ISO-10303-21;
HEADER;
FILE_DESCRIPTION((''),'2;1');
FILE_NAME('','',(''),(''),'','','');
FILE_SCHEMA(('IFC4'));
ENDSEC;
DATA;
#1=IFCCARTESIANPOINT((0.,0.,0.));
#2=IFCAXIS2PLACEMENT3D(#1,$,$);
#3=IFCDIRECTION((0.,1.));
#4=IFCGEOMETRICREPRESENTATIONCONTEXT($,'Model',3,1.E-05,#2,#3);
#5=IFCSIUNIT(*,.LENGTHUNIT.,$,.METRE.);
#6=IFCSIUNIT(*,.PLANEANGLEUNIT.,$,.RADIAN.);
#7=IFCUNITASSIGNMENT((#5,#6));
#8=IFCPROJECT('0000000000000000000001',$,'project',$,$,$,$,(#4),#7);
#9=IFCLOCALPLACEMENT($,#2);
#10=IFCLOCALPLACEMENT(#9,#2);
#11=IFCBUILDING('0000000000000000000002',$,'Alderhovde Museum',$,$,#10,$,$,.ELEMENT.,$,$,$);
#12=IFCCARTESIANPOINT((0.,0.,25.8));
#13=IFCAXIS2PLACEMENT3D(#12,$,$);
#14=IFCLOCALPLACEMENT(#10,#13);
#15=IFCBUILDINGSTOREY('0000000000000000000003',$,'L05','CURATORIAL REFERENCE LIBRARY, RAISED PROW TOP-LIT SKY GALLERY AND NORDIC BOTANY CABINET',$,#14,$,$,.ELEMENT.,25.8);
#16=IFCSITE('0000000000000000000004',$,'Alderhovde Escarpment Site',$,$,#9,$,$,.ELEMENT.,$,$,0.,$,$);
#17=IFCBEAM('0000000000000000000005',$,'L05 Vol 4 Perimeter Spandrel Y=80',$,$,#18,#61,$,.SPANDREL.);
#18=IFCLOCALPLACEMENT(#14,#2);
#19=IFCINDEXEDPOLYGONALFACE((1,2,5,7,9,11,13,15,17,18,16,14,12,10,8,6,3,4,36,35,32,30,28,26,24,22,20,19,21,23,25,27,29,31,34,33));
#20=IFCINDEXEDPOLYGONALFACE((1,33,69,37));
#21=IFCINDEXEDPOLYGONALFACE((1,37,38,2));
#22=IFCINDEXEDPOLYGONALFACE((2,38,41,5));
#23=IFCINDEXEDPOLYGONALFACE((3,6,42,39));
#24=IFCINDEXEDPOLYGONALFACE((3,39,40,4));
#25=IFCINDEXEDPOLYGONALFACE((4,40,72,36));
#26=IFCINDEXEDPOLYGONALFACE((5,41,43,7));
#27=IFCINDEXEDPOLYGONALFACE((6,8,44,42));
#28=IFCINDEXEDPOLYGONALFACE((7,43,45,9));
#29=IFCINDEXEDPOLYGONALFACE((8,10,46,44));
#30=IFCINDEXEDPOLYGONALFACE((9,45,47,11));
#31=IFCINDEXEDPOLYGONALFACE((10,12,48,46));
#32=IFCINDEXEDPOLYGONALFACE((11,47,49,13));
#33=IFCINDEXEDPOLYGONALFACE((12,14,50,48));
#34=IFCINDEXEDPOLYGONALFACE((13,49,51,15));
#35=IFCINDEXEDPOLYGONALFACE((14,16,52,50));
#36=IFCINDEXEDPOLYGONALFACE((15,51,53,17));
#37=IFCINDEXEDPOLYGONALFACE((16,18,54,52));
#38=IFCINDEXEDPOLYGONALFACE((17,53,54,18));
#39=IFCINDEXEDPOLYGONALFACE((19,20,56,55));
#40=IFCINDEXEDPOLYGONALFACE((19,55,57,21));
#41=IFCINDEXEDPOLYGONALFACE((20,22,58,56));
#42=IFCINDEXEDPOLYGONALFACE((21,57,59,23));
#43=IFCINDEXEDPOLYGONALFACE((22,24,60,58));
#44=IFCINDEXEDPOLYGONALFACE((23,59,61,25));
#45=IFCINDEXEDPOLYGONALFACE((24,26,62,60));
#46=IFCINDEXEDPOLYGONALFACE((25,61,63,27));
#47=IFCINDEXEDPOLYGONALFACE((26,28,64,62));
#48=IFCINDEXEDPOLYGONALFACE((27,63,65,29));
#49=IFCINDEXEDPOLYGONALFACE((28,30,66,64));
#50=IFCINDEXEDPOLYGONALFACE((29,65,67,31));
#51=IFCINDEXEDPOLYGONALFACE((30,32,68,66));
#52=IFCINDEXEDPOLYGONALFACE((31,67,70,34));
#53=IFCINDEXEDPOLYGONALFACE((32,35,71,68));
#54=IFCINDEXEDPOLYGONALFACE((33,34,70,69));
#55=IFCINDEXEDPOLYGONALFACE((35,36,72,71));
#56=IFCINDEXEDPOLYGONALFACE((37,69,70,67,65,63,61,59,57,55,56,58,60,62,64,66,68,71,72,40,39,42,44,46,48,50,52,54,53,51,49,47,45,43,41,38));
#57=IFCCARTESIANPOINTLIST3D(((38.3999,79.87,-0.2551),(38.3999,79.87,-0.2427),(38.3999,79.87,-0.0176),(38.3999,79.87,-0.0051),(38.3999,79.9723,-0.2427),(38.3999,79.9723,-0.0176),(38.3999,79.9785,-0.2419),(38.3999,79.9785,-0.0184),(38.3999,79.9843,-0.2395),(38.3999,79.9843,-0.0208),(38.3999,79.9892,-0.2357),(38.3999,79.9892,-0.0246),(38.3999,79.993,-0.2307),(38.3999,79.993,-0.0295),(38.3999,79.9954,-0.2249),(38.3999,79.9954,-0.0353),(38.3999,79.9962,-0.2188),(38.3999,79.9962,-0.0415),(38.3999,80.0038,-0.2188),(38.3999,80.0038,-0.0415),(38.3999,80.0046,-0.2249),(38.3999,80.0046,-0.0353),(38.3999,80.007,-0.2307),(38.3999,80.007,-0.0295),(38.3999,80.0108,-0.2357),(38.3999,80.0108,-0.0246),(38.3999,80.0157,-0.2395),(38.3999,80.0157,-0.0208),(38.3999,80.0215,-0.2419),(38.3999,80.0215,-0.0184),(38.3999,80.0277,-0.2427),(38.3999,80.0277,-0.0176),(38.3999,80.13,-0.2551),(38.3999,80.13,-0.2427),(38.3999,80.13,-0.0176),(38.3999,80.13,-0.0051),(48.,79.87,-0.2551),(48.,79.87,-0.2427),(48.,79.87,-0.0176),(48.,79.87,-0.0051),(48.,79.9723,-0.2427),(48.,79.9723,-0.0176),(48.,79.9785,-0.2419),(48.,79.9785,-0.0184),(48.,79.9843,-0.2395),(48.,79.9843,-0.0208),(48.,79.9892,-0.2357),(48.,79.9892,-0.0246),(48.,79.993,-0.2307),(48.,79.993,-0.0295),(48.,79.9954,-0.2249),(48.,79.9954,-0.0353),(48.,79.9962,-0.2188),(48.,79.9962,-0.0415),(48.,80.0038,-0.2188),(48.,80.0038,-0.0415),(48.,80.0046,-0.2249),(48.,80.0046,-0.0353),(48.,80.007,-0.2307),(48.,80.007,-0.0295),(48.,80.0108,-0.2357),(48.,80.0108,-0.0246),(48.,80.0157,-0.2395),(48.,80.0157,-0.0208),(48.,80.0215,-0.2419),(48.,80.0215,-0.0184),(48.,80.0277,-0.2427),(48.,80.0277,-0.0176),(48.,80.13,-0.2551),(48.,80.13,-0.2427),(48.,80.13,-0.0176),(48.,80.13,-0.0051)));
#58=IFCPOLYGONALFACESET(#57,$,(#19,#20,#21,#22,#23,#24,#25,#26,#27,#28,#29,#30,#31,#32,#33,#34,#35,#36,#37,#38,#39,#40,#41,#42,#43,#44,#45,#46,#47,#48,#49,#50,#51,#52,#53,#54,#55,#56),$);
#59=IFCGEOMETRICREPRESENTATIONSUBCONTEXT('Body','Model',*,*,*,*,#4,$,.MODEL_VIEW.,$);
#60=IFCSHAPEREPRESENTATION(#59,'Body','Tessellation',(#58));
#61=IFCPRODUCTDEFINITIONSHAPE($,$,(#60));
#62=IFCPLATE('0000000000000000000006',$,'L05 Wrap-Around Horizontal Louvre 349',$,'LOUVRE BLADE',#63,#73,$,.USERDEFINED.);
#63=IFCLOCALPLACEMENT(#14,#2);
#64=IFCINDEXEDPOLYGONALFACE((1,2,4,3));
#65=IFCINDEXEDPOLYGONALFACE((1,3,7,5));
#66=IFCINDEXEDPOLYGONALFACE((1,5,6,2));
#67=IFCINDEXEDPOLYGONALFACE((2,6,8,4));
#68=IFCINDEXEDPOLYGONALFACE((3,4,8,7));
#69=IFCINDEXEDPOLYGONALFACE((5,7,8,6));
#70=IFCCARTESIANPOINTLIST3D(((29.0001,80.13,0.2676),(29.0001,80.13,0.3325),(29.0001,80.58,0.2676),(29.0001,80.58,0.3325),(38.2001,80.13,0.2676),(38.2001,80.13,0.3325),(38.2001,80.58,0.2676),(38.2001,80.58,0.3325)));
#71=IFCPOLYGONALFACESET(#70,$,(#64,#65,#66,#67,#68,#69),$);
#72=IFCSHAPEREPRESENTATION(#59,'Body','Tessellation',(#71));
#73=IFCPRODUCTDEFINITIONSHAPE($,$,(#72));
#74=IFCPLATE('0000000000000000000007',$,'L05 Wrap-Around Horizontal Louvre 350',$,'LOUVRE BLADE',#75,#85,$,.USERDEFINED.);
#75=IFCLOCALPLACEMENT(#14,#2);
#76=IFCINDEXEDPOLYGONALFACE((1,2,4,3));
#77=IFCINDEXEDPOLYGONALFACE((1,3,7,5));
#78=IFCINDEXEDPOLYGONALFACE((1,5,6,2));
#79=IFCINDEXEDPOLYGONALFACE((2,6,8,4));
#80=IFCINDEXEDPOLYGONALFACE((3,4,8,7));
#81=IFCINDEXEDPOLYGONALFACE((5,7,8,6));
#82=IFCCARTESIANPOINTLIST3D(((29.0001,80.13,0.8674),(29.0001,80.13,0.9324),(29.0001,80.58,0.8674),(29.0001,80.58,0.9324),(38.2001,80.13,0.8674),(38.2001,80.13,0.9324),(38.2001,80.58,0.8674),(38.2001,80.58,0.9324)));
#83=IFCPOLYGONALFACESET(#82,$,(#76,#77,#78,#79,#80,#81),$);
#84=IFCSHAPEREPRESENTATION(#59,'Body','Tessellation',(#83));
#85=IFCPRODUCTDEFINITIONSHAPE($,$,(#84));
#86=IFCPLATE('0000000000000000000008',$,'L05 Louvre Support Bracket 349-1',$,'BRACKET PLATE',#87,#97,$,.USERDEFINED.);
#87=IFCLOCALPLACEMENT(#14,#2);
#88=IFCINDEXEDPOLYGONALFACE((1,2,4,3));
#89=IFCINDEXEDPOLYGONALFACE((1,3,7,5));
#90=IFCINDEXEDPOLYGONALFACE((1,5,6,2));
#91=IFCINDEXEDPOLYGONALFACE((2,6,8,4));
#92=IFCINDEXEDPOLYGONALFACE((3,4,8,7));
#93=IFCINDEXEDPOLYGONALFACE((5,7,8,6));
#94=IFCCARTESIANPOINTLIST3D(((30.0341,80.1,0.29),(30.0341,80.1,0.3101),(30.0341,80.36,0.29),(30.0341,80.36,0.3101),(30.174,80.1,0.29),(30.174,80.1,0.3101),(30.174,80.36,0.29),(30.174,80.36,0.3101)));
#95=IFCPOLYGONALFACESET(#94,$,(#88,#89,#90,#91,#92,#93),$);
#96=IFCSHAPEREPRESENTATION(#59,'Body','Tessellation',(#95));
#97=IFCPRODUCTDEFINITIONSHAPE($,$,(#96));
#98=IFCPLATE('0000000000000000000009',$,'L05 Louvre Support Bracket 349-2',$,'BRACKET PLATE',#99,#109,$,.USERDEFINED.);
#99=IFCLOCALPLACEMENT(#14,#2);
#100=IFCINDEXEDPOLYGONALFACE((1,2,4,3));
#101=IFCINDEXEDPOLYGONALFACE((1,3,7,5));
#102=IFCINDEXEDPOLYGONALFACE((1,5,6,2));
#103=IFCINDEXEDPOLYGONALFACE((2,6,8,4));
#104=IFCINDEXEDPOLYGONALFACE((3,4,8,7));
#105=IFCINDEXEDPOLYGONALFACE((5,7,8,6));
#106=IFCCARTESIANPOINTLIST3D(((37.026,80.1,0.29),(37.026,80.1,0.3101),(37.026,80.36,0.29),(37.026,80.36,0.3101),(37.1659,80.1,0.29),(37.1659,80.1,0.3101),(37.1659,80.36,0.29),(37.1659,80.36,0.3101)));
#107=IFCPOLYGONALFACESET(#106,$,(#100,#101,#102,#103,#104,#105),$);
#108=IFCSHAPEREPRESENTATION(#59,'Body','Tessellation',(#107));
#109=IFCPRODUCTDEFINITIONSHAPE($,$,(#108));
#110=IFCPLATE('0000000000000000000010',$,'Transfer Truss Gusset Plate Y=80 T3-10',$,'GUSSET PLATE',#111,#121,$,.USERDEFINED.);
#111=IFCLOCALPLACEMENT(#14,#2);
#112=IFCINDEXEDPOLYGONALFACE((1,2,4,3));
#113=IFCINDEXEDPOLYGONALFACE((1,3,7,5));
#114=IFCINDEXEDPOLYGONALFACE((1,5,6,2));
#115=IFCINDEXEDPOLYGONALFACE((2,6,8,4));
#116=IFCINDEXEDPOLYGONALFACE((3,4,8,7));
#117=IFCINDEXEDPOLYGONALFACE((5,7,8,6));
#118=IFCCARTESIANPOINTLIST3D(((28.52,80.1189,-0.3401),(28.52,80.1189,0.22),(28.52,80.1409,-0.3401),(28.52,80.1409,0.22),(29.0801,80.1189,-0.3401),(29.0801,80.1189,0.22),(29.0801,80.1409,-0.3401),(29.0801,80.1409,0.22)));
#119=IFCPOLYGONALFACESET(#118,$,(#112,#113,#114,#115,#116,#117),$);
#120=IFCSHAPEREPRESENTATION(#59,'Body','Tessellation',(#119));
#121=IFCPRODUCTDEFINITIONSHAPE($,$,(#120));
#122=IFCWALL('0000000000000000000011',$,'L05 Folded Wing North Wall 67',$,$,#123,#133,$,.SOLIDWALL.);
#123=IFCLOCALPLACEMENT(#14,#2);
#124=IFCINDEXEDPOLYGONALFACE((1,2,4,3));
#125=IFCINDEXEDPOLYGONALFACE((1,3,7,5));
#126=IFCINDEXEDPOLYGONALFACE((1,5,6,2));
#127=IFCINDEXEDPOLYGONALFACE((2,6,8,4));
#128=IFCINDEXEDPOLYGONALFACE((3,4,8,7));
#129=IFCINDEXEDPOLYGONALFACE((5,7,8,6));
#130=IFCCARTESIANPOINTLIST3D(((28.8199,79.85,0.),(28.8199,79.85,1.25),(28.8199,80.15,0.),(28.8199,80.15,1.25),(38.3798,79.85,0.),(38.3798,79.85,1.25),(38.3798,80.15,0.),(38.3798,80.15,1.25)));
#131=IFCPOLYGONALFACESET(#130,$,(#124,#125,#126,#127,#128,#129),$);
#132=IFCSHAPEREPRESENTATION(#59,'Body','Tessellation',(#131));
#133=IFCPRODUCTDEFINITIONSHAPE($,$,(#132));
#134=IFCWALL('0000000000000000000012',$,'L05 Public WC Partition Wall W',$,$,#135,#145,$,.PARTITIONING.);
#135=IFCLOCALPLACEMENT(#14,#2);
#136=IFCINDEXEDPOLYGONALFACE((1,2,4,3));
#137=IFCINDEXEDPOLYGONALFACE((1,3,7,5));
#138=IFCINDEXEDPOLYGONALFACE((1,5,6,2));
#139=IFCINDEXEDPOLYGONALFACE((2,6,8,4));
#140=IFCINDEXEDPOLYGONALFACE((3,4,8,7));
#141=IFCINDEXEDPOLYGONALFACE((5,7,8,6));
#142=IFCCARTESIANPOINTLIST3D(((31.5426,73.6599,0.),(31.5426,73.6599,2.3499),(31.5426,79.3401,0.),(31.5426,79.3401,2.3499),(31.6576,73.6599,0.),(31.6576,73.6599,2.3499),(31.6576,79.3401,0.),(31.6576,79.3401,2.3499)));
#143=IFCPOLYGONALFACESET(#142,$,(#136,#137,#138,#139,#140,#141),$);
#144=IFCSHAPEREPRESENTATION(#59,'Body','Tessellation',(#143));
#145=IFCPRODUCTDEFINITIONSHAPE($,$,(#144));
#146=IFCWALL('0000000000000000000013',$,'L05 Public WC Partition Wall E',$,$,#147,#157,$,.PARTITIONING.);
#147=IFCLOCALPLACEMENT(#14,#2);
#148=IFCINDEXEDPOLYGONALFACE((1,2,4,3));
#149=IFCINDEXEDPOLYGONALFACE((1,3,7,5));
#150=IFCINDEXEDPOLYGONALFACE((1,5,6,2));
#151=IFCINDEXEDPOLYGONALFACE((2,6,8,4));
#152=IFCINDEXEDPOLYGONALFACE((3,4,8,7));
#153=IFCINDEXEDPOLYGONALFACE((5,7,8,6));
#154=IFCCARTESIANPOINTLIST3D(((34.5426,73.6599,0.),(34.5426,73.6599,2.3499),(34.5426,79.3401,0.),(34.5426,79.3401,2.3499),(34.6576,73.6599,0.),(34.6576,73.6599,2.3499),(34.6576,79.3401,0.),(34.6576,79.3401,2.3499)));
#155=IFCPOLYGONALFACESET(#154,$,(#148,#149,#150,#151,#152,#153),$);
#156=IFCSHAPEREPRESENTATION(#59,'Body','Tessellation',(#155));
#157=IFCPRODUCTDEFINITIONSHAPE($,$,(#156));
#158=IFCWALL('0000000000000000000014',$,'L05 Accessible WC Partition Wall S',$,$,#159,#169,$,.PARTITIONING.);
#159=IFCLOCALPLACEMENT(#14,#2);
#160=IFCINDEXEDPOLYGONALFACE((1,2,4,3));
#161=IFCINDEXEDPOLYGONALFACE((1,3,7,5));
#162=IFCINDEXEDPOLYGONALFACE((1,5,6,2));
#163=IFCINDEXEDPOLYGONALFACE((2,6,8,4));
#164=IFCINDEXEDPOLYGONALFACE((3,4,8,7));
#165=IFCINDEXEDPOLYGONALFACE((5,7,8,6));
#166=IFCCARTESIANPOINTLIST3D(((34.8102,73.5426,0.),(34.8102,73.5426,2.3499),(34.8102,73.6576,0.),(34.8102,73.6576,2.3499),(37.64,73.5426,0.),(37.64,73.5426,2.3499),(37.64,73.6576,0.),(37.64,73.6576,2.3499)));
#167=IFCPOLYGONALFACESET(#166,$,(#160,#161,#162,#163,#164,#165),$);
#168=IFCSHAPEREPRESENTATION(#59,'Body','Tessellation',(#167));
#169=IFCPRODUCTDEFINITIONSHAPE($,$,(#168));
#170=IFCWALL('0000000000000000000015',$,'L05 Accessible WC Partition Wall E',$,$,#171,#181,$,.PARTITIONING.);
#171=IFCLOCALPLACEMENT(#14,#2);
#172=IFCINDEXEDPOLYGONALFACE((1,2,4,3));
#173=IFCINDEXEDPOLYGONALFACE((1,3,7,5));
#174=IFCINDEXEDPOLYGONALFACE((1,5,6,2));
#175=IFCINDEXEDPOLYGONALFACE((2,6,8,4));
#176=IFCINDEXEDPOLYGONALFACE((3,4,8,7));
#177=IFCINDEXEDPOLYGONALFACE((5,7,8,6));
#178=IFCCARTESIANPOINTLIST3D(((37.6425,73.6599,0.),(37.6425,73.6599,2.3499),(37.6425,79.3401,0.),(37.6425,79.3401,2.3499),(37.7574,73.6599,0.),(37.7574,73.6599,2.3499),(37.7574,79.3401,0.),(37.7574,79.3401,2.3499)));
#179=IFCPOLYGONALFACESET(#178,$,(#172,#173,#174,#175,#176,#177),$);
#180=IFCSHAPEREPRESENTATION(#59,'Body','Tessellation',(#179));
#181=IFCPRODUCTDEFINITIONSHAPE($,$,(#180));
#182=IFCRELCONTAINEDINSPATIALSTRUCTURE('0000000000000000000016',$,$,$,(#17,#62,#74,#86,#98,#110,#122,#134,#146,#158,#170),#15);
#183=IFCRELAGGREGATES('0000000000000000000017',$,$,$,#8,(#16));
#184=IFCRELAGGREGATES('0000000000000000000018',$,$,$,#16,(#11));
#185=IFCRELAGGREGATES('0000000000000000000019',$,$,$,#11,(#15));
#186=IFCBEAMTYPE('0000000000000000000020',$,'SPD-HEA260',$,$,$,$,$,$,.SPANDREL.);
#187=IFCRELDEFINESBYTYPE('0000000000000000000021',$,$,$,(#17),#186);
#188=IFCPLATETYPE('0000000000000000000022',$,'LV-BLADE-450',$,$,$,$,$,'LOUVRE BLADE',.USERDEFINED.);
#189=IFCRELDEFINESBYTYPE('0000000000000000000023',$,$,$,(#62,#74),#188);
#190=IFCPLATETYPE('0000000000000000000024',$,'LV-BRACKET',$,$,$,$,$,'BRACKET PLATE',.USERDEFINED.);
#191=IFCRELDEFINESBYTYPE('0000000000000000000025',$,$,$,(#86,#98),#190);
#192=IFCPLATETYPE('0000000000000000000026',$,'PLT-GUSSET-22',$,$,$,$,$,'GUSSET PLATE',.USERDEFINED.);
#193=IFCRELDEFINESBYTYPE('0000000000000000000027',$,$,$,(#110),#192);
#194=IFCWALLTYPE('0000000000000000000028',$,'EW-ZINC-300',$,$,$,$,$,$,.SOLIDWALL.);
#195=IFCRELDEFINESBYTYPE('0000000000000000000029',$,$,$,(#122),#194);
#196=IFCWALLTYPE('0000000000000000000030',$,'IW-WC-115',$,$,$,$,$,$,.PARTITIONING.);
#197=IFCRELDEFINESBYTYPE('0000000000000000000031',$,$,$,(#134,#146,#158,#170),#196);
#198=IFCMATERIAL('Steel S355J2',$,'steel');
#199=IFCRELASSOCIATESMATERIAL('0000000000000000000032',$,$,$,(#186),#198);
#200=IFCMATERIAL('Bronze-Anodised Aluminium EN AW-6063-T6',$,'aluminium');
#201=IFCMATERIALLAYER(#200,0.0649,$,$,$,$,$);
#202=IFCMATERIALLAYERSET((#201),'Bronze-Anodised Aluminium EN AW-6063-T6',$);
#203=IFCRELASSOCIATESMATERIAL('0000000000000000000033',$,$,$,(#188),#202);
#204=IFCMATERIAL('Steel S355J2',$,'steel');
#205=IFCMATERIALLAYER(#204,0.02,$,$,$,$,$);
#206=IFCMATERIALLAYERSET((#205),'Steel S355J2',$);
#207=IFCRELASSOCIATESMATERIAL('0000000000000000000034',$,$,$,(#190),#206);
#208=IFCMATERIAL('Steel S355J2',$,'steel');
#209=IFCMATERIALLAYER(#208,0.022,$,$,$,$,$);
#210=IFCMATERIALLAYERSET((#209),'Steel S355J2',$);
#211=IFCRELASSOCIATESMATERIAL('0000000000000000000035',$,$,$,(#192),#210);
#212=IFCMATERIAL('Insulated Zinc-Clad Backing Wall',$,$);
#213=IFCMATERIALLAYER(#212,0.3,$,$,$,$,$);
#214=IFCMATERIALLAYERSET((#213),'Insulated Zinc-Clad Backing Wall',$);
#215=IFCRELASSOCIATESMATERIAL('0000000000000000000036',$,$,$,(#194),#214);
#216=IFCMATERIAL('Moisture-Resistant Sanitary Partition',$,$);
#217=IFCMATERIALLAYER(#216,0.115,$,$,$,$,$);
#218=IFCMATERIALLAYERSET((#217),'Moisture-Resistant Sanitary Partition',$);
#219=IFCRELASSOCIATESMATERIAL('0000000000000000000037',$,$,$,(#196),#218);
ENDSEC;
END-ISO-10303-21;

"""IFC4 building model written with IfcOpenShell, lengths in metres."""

from ifc_helpers import new_model, si_unit, direction, frame, frame_2d, origin, origin_2d, place, context, subcontext, project, spatial, rectangle, i_section, extrude, material, layer, layer_set, material_profile, profile_set, type_object, element, save


model = new_model("IFC4")

# Units and contexts
model_context = context("Model", 3, precision=1e-05, world=origin(), true_north=direction((0.0, 1.0)))
body_context = subcontext(model_context, "Body", "Model", "MODEL_VIEW")
ifc_project = project(units=[si_unit("LENGTHUNIT", "METRE"), si_unit("PLANEANGLEUNIT", "RADIAN")], contexts=[model_context])

# Site, building, storey
site_placement = place(None, origin())
site = spatial("IfcSite", under=ifc_project, at=site_placement, Name="Alderhovde Escarpment Site", CompositionType="ELEMENT", RefElevation=0.0)
building_placement = place(site_placement, origin())
building = spatial("IfcBuilding", under=site, at=building_placement, Name="Alderhovde Museum", CompositionType="ELEMENT")
storey_placement = place(building_placement, frame((0.0, 0.0, 25.8)))
storey = spatial("IfcBuildingStorey", under=building, at=storey_placement, Name="L05", Description="CURATORIAL REFERENCE LIBRARY, RAISED PROW TOP-LIT SKY GALLERY AND NORDIC BOTANY CABINET", CompositionType="ELEMENT", Elevation=25.8)

# Beam
ifc_material_1 = material(Name="Steel S355J2", Category="steel")
ifc_material_profile_1 = material_profile(ifc_material_1, i_section(OverallWidth=0.26, OverallDepth=0.25, WebThickness=0.0076, FlangeThickness=0.0125, FilletRadius=0.0239, at=origin_2d()), Name="HEA 260")
ifc_profile_set_1 = profile_set([ifc_material_profile_1], Name="Steel S355J2")
beam_type_1 = type_object("IfcBeamType", Name="SPD-HEA260", PredefinedType="SPANDREL", material=ifc_profile_set_1)
beam_1_placement = place(storey_placement, frame((38.3999, 80.0, -0.1301), z_axis=(1.0, 0.0, 0.0), x_axis=(0.0, 1.0, 0.0)))
element("IfcBeam", 1, at=beam_1_placement, inside=storey, type_object=beam_type_1, Name="L05 Vol 4 Perimeter Spandrel Y=80", PredefinedType="SPANDREL", context=body_context, shape_type="SweptSolid", body=[
    extrude(i_section(OverallWidth=0.26, OverallDepth=0.25, WebThickness=0.0076, FlangeThickness=0.0125, FilletRadius=0.0239, at=origin_2d()), origin(), (0.0, 0.0, 1.0), 9.6001),
])

# Plates
ifc_material_2 = material(Name="Bronze-Anodised Aluminium EN AW-6063-T6", Category="aluminium")
ifc_layer_1 = layer(ifc_material_2, 0.0649)
ifc_layer_set_1 = layer_set([ifc_layer_1], Name="Bronze-Anodised Aluminium EN AW-6063-T6")
plate_type_1 = type_object("IfcPlateType", Name="LV-BLADE-450", ElementType="LOUVRE BLADE", PredefinedType="USERDEFINED", material=ifc_layer_set_1)
for number, where, z_axis, x_axis, name in (
    (2, (33.6001, 80.355, 0.2676), (0.0, 0.0, 1.0), (1.0, 0.0, 0.0), "L05 Wrap-Around Horizontal Louvre 349"),
    (3, (33.6001, 80.355, 0.8674), (0.0, 0.0, 1.0), (1.0, 0.0, 0.0), "L05 Wrap-Around Horizontal Louvre 350"),
):
    element("IfcPlate", number, at=place(storey_placement, frame(where, z_axis=z_axis, x_axis=x_axis)), inside=storey, type_object=plate_type_1, Name=name, ObjectType="LOUVRE BLADE", PredefinedType="USERDEFINED", context=body_context, shape_type="SweptSolid", body=[
        extrude(rectangle(XDim=9.2, YDim=0.45, at=origin_2d()), origin(), (0.0, 0.0, 1.0), 0.0649),
    ])
ifc_material_3 = material(Name="Steel S355J2", Category="steel")
ifc_layer_2 = layer(ifc_material_3, 0.02)
ifc_layer_set_2 = layer_set([ifc_layer_2], Name="Steel S355J2")
plate_type_2 = type_object("IfcPlateType", Name="LV-BRACKET", ElementType="BRACKET PLATE", PredefinedType="USERDEFINED", material=ifc_layer_set_2)
for number, where, z_axis, x_axis, name in (
    (4, (30.104, 80.23, 0.29), (0.0, 0.0, 1.0), (1.0, 0.0, 0.0), "L05 Louvre Support Bracket 349-1"),
    (5, (37.0959, 80.23, 0.29), (0.0, 0.0, 1.0), (1.0, 0.0, 0.0), "L05 Louvre Support Bracket 349-2"),
):
    element("IfcPlate", number, at=place(storey_placement, frame(where, z_axis=z_axis, x_axis=x_axis)), inside=storey, type_object=plate_type_2, Name=name, ObjectType="BRACKET PLATE", PredefinedType="USERDEFINED", context=body_context, shape_type="SweptSolid", body=[
        extrude(rectangle(XDim=0.1399, YDim=0.26, at=origin_2d()), origin(), (0.0, 0.0, 1.0), 0.02),
    ])
ifc_material_4 = material(Name="Steel S355J2", Category="steel")
ifc_layer_3 = layer(ifc_material_4, 0.022)
ifc_layer_set_3 = layer_set([ifc_layer_3], Name="Steel S355J2")
plate_type_3 = type_object("IfcPlateType", Name="PLT-GUSSET-22", ElementType="GUSSET PLATE", PredefinedType="USERDEFINED", material=ifc_layer_set_3)
plate_placement = place(storey_placement, frame((28.8, 80.1299, -0.3401), z_axis=(0.0, 0.0, 1.0), x_axis=(1.0, 0.0, 0.0)))
element("IfcPlate", 6, at=plate_placement, inside=storey, type_object=plate_type_3, Name="Transfer Truss Gusset Plate Y=80 T3-10", ObjectType="GUSSET PLATE", PredefinedType="USERDEFINED", context=body_context, shape_type="SweptSolid", body=[
    extrude(rectangle(XDim=0.5601, YDim=0.022, at=origin_2d()), origin(), (0.0, 0.0, 1.0), 0.5601),
])

# Wall
ifc_material_5 = material(Name="Insulated Zinc-Clad Backing Wall")
ifc_layer_4 = layer(ifc_material_5, 0.3)
ifc_layer_set_4 = layer_set([ifc_layer_4], Name="Insulated Zinc-Clad Backing Wall")
wall_type_1 = type_object("IfcWallType", Name="EW-ZINC-300", PredefinedType="SOLIDWALL", material=ifc_layer_set_4)
wall_1_placement = place(storey_placement, frame((28.8201, 80.0, 0.0), z_axis=(0.0, 0.0, 1.0), x_axis=(1.0, 0.0, 0.0)))
element("IfcWall", 7, at=wall_1_placement, inside=storey, type_object=wall_type_1, Name="L05 Folded Wing North Wall 67", PredefinedType="SOLIDWALL", context=body_context, shape_type="SweptSolid", body=[
    extrude(rectangle(XDim=9.5598, YDim=0.3, at=frame_2d((4.7798, 0.0))), origin(), (0.0, 0.0, 1.0), 1.25),
])

# Shared definitions
ifc_material_6 = material(Name="Moisture-Resistant Sanitary Partition")
ifc_layer_5 = layer(ifc_material_6, 0.115)
ifc_layer_set_5 = layer_set([ifc_layer_5], Name="Moisture-Resistant Sanitary Partition")
wall_type_2 = type_object("IfcWallType", Name="IW-WC-115", PredefinedType="PARTITIONING", material=ifc_layer_set_5)

# Walls
for number, where, z_axis, x_axis, name in (
    (8, (31.6001, 73.6599, 0.0), (0.0, 0.0, 1.0), (0.0, 1.0, 0.0), "L05 Public WC Partition Wall W"),
    (9, (34.6001, 73.6599, 0.0), (0.0, 0.0, 1.0), (0.0, 1.0, 0.0), "L05 Public WC Partition Wall E"),
):
    element("IfcWall", number, at=place(storey_placement, frame(where, z_axis=z_axis, x_axis=x_axis)), inside=storey, type_object=wall_type_2, Name=name, PredefinedType="PARTITIONING", context=body_context, shape_type="SweptSolid", body=[
        extrude(rectangle(XDim=5.6802, YDim=0.115, at=frame_2d((2.8401, 0.0))), origin(), (0.0, 0.0, 1.0), 2.3499),
    ])

# Walls
wall_2_placement = place(storey_placement, frame((34.8101, 73.6001, 0.0), z_axis=(0.0, 0.0, 1.0), x_axis=(1.0, 0.0, 0.0)))
element("IfcWall", 10, at=wall_2_placement, inside=storey, type_object=wall_type_2, Name="L05 Accessible WC Partition Wall S", PredefinedType="PARTITIONING", context=body_context, shape_type="SweptSolid", body=[
    extrude(rectangle(XDim=2.8298, YDim=0.115, at=frame_2d((1.415, 0.0))), origin(), (0.0, 0.0, 1.0), 2.3499),
])
wall_3_placement = place(storey_placement, frame((37.7, 73.6599, 0.0), z_axis=(0.0, 0.0, 1.0), x_axis=(0.0, 1.0, 0.0)))
element("IfcWall", 11, at=wall_3_placement, inside=storey, type_object=wall_type_2, Name="L05 Accessible WC Partition Wall E", PredefinedType="PARTITIONING", context=body_context, shape_type="SweptSolid", body=[
    extrude(rectangle(XDim=5.6802, YDim=0.115, at=frame_2d((2.8401, 0.0))), origin(), (0.0, 0.0, 1.0), 2.3499),
])

save(model, "model.ifc")
